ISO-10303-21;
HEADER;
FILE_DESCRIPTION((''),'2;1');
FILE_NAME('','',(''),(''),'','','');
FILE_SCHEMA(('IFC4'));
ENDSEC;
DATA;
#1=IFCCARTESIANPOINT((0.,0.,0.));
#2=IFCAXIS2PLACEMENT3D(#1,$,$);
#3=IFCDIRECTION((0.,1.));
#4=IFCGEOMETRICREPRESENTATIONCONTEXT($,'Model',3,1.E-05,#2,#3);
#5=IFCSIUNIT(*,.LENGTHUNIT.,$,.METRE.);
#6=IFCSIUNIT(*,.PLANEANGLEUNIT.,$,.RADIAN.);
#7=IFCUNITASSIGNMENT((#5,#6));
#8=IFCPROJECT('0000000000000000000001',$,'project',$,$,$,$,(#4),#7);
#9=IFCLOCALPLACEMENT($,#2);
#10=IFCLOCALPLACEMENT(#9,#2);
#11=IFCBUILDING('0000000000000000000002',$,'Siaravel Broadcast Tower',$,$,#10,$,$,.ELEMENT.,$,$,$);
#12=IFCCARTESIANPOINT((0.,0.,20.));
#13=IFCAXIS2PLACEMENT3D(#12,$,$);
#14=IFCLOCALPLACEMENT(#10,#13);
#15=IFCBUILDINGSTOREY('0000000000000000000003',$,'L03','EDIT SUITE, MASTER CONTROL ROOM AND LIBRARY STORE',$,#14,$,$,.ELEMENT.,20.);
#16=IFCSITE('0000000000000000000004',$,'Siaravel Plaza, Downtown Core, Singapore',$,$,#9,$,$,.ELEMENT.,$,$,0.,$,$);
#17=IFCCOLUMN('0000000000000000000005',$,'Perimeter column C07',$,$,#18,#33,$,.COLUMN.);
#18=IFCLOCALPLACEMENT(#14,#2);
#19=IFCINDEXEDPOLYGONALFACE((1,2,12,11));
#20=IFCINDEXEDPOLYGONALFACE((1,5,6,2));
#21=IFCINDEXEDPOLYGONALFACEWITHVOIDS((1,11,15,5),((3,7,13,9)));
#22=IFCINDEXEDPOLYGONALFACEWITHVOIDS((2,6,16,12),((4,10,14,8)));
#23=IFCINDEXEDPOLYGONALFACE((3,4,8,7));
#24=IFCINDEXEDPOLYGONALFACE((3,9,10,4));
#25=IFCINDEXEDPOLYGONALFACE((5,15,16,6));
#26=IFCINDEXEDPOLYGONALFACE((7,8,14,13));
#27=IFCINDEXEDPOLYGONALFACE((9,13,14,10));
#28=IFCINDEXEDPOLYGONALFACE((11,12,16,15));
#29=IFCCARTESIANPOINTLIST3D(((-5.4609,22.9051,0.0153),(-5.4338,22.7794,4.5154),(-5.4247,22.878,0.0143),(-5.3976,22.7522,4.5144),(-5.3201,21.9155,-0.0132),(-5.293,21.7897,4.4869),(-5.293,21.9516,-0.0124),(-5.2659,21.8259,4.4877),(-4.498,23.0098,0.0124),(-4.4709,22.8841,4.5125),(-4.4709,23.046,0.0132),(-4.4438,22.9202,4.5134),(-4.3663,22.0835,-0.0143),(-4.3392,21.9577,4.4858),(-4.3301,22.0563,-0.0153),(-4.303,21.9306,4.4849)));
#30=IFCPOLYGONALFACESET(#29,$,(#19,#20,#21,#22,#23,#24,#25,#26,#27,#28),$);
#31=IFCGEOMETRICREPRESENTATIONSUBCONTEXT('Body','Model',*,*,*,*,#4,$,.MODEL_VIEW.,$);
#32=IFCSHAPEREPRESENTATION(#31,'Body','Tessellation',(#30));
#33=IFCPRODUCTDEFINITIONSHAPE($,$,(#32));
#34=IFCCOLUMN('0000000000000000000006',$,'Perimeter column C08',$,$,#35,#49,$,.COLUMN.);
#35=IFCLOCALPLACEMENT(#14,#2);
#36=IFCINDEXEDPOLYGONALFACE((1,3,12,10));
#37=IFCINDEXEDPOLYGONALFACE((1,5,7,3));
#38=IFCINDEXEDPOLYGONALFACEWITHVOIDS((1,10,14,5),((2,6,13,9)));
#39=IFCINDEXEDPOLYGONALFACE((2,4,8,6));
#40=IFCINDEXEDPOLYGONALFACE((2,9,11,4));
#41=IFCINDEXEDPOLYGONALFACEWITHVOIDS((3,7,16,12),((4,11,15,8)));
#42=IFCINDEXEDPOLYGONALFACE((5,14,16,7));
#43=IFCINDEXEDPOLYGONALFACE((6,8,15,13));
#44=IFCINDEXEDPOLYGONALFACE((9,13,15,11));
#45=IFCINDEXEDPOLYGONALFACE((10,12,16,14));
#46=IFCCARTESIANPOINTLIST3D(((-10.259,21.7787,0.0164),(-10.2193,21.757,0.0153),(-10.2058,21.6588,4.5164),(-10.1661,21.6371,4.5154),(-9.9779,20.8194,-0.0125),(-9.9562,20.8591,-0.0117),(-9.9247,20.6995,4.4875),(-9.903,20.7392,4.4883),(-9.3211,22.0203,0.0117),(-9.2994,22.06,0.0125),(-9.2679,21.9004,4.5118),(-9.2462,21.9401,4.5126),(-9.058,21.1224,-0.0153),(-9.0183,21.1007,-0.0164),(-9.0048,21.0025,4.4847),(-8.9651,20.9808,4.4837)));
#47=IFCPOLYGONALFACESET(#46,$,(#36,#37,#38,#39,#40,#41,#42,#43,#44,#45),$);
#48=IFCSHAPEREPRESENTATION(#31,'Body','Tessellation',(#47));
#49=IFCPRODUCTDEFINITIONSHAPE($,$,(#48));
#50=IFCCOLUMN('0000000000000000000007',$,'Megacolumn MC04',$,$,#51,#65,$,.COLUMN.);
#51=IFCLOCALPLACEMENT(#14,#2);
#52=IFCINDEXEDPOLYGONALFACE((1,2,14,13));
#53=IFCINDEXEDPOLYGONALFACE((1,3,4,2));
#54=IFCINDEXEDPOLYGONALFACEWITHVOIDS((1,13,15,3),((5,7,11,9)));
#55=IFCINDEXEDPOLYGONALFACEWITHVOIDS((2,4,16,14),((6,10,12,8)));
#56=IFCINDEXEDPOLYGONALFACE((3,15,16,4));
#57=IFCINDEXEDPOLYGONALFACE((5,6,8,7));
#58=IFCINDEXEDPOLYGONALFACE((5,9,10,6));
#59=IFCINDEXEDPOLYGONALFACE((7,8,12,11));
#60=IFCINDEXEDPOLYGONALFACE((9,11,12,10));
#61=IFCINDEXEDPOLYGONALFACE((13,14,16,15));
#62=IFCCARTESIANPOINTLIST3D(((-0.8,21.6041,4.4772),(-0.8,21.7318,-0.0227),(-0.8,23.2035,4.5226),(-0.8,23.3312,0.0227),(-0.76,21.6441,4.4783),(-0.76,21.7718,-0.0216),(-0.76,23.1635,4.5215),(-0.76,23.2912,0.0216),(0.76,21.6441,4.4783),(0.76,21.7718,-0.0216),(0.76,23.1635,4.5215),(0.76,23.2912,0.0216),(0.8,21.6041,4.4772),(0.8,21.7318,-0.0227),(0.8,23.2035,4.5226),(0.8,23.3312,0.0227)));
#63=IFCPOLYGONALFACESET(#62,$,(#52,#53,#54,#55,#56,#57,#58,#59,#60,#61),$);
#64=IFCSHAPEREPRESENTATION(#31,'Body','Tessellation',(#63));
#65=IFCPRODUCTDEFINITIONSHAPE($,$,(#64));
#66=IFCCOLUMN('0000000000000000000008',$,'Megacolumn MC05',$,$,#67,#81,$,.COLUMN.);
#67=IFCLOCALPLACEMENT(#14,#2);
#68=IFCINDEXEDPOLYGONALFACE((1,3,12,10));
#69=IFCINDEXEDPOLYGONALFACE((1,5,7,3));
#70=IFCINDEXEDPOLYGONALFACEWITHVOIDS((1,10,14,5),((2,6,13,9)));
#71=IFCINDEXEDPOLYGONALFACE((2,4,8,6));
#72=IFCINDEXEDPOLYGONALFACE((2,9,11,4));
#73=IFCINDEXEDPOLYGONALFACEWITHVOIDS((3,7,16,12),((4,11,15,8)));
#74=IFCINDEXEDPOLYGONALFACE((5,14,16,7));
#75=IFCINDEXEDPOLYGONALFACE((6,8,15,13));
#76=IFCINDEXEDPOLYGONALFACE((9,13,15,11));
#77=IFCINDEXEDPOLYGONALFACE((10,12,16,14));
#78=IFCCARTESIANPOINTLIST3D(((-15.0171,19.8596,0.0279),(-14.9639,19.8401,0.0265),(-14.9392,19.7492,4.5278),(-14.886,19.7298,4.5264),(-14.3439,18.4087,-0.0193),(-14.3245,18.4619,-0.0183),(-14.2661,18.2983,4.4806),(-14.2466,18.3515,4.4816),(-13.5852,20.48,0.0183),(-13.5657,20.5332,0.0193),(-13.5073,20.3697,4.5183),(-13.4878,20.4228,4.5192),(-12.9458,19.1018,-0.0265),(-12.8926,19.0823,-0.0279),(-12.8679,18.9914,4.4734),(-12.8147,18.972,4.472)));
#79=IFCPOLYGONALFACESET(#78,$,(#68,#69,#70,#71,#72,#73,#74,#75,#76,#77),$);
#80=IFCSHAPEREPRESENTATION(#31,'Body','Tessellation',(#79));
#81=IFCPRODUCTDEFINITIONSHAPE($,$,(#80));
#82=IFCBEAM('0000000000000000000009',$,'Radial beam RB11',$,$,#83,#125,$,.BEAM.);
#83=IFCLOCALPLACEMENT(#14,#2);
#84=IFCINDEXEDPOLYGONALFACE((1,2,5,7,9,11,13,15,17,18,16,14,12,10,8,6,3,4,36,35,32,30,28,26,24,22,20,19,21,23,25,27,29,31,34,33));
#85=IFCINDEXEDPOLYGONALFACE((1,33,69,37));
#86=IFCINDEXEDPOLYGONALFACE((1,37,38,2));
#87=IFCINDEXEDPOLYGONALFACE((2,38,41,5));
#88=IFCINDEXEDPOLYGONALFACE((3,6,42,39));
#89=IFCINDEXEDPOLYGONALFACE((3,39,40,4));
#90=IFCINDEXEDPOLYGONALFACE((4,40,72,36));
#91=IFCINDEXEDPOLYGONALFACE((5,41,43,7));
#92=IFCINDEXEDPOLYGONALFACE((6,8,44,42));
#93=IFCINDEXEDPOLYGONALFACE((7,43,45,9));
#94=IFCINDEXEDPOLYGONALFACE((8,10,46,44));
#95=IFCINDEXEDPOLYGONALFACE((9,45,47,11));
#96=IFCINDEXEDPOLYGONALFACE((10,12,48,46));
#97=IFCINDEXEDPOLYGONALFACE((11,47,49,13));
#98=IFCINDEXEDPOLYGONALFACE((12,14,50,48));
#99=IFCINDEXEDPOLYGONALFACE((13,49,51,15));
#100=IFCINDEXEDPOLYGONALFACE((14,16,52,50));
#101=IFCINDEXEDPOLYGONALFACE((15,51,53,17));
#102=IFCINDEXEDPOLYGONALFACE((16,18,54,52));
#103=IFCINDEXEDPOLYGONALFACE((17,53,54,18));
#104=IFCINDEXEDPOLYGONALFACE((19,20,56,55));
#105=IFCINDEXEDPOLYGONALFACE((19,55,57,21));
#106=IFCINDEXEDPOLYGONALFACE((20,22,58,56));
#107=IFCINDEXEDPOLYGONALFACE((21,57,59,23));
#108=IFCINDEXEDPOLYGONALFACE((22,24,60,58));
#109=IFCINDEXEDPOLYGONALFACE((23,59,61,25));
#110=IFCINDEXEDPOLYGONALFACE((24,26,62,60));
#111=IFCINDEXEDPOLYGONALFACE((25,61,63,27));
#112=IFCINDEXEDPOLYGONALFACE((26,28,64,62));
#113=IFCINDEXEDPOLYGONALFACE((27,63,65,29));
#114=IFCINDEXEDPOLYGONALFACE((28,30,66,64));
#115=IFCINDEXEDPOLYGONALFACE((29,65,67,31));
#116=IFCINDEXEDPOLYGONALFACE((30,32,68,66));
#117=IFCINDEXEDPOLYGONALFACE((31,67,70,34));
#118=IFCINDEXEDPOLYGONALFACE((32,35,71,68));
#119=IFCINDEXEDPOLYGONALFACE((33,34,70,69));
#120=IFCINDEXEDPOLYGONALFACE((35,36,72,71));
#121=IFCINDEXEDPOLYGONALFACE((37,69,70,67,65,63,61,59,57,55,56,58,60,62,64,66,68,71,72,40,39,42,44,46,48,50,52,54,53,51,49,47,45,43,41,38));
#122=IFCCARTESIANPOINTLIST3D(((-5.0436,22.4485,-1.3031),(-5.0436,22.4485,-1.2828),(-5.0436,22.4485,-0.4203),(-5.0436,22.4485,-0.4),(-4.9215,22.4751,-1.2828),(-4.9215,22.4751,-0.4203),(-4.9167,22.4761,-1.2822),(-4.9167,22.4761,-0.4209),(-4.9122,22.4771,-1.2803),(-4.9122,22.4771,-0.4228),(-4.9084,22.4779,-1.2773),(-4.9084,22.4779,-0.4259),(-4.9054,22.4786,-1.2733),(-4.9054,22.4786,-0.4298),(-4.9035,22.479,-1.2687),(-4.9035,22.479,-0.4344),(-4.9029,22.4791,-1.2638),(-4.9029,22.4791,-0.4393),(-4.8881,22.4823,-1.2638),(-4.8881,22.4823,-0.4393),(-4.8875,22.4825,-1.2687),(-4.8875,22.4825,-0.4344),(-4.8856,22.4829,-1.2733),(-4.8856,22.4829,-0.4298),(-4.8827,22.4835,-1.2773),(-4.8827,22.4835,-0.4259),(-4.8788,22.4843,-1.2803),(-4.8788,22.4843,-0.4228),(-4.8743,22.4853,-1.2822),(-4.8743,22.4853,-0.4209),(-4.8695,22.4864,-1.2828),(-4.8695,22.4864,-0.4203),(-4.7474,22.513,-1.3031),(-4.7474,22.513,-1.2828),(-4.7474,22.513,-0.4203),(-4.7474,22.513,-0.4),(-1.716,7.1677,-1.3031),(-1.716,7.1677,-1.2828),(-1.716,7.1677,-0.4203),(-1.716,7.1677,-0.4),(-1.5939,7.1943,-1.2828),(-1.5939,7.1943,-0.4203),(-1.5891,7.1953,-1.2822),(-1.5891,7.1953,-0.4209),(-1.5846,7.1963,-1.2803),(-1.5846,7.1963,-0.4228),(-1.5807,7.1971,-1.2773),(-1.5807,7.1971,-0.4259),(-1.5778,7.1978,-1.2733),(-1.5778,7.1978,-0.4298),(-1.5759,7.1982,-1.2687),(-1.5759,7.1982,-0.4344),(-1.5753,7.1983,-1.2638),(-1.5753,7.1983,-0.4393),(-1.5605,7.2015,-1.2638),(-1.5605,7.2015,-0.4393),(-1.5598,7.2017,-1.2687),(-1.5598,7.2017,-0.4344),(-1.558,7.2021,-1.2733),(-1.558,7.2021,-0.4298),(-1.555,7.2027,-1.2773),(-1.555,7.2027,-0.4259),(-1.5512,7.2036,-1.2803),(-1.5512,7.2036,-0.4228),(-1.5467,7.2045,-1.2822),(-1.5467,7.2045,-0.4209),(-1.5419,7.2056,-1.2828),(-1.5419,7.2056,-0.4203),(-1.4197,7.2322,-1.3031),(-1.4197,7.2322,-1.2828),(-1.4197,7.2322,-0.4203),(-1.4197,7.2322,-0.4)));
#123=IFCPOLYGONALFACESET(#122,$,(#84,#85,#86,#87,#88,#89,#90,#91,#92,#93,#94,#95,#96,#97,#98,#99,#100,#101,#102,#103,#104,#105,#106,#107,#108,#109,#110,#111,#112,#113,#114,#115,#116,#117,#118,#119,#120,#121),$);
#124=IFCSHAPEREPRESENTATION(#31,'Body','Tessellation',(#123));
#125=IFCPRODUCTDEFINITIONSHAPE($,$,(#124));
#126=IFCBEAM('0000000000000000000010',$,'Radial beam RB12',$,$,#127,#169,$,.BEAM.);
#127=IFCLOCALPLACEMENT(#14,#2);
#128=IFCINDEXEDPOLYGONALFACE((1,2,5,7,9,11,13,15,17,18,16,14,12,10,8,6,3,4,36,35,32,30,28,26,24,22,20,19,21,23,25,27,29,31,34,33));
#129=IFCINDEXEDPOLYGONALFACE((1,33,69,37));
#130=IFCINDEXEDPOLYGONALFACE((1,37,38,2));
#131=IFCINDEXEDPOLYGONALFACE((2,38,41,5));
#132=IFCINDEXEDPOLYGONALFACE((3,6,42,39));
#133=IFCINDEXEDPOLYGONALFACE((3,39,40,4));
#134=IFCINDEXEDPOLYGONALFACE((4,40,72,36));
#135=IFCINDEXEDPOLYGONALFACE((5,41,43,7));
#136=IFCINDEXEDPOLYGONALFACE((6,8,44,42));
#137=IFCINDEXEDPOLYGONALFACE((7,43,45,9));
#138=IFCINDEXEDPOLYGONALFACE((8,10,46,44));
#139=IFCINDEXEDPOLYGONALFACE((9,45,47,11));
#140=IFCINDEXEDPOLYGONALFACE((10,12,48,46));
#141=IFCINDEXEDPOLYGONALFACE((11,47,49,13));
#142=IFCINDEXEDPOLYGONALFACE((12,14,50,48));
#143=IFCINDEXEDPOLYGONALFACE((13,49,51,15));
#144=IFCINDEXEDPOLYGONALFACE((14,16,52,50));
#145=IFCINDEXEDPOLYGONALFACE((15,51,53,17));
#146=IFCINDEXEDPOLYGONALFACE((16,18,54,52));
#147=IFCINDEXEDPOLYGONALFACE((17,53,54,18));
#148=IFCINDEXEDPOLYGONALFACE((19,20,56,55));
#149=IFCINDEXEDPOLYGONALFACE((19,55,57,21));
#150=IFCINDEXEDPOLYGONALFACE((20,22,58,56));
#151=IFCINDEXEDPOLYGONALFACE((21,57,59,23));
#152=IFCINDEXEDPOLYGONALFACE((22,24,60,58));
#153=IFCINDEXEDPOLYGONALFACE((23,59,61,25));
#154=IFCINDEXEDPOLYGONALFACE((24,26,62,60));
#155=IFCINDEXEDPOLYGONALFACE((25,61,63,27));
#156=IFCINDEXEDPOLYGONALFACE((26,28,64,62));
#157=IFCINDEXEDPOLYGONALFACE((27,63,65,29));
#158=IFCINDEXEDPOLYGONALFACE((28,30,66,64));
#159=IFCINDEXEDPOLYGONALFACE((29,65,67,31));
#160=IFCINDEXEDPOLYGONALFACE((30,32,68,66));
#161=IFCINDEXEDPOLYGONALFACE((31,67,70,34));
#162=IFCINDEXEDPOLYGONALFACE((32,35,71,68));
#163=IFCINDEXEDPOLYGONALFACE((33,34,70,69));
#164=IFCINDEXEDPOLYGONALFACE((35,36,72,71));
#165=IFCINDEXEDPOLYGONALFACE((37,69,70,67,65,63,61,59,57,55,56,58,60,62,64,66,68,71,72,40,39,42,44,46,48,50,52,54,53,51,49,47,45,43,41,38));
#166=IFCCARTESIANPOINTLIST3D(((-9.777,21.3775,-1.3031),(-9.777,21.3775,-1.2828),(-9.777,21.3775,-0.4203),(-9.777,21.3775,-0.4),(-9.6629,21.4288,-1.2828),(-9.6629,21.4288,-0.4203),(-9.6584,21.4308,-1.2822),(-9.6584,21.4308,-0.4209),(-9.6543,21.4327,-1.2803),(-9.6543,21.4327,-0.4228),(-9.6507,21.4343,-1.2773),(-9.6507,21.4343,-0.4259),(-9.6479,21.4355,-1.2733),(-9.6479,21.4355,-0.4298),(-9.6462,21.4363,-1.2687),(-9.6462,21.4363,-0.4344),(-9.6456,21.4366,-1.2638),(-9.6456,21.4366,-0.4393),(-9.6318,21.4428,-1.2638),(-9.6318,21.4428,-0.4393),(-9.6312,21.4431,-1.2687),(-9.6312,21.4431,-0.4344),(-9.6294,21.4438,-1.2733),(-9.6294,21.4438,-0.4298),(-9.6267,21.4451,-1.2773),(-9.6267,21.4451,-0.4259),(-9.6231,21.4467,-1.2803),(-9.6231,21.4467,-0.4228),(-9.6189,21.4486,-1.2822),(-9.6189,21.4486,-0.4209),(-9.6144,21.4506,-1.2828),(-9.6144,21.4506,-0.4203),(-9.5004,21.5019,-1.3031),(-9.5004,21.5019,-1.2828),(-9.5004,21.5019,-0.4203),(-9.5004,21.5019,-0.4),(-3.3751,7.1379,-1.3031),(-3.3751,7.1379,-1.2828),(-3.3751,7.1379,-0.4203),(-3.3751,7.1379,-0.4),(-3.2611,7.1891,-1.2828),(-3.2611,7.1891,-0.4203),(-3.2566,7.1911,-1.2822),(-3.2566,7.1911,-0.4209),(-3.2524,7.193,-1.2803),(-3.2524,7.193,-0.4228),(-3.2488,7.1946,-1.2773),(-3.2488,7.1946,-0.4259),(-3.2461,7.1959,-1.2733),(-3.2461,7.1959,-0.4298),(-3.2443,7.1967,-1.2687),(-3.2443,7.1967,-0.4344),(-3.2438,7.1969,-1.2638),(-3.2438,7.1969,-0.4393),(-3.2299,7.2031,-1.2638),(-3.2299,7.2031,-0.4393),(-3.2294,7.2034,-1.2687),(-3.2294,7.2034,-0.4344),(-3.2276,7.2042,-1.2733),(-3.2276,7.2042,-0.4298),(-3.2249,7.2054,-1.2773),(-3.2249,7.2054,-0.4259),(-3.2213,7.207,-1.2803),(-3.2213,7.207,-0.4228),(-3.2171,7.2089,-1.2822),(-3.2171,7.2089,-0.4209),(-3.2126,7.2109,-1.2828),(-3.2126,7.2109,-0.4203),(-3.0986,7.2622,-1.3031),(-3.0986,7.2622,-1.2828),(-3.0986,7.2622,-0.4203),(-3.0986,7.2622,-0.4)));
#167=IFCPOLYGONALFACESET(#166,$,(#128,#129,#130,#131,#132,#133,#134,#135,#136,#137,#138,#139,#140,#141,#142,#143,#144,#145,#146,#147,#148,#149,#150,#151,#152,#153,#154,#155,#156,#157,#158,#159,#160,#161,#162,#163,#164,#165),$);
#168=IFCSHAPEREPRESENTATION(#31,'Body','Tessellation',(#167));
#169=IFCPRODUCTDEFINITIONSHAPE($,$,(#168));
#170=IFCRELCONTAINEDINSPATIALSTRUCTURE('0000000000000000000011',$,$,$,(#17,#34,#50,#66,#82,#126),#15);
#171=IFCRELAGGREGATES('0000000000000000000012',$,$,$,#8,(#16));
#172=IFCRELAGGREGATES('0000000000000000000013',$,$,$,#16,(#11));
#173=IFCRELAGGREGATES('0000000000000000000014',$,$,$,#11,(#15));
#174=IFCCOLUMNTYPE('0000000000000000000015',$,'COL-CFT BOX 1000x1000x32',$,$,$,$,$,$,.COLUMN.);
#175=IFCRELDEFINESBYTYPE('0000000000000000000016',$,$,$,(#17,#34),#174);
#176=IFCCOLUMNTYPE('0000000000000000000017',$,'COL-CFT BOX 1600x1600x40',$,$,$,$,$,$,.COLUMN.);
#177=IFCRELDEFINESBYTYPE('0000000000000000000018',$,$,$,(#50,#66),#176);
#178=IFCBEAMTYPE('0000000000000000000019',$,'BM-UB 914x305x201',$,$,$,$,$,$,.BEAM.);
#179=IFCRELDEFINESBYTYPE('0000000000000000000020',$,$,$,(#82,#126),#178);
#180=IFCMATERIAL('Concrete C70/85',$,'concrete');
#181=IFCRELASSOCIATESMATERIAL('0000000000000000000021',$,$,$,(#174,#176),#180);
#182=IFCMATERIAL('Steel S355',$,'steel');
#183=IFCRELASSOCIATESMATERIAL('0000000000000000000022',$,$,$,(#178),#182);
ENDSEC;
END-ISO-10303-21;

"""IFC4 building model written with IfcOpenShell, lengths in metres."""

from ifc_helpers import new_model, si_unit, direction, frame, origin, origin_2d, place, context, subcontext, project, spatial, hollow_rectangle, i_section, extrude, material, material_profile, profile_set, type_object, element, save


model = new_model("IFC4")

# Units and contexts
model_context = context("Model", 3, precision=1e-05, world=origin(), true_north=direction((0.0, 1.0)))
body_context = subcontext(model_context, "Body", "Model", "MODEL_VIEW")
ifc_project = project(units=[si_unit("LENGTHUNIT", "METRE"), si_unit("PLANEANGLEUNIT", "RADIAN")], contexts=[model_context])

# Site, building, storey
site_placement = place(None, origin())
site = spatial("IfcSite", under=ifc_project, at=site_placement, Name="Siaravel Plaza, Downtown Core, Singapore", CompositionType="ELEMENT", RefElevation=0.0)
building_placement = place(site_placement, origin())
building = spatial("IfcBuilding", under=site, at=building_placement, Name="Siaravel Broadcast Tower", CompositionType="ELEMENT")
storey_placement = place(building_placement, frame((0.0, 0.0, 20.0)))
storey = spatial("IfcBuildingStorey", under=building, at=storey_placement, Name="L03", Description="EDIT SUITE, MASTER CONTROL ROOM AND LIBRARY STORE", CompositionType="ELEMENT", Elevation=20.0)

# Columns
ifc_material_1 = material(Name="Concrete C70/85", Category="concrete")
ifc_material_profile_1 = material_profile(ifc_material_1, hollow_rectangle(XDim=1.0, YDim=1.0, WallThickness=0.032, at=origin_2d()))
ifc_profile_set_1 = profile_set([ifc_material_profile_1], Name="Concrete C70/85")
column_type_1 = type_object("IfcColumnType", Name="COL-CFT BOX 1000x1000x32", PredefinedType="COLUMN", material=ifc_profile_set_1)
for number, where, z_axis, x_axis, name in (
    (1, (-4.8955, 22.4807, 0.0), (0.00602, -0.027929, 0.999592), (0.990027, 0.140862, -0.002026), "Perimeter column C07"),
    (2, (-9.6387, 21.4397, 0.0), (0.011822, -0.026627, 0.999576), (0.959612, 0.281301, -0.003856), "Perimeter column C08"),
):
    element("IfcColumn", number, at=place(storey_placement, frame(where, z_axis=z_axis, x_axis=x_axis)), inside=storey, type_object=column_type_1, Name=name, PredefinedType="COLUMN", context=body_context, shape_type="SweptSolid", body=[
        extrude(hollow_rectangle(XDim=1.0, YDim=1.0, WallThickness=0.032, at=origin_2d()), origin(), (0.0, 0.0, 1.0), 4.502),
    ])
ifc_material_profile_2 = material_profile(ifc_material_1, hollow_rectangle(XDim=1.6001, YDim=1.6001, WallThickness=0.04, at=origin_2d()))
ifc_profile_set_2 = profile_set([ifc_material_profile_2], Name="Concrete C70/85")
column_type_2 = type_object("IfcColumnType", Name="COL-CFT BOX 1600x1600x40", PredefinedType="COLUMN", material=ifc_profile_set_2)
column_1_placement = place(storey_placement, frame((0.0, 22.5315, 0.0), z_axis=(0.0, -0.028363, 0.999598), x_axis=(1.0, 0.0, 0.0)))
element("IfcColumn", 3, at=column_1_placement, inside=storey, type_object=column_type_2, Name="Megacolumn MC04", PredefinedType="COLUMN", context=body_context, shape_type="SweptSolid", body=[
    extrude(hollow_rectangle(XDim=1.6001, YDim=1.6001, WallThickness=0.04, at=origin_2d()), origin(), (0.0, 0.0, 1.0), 4.5017),
])
column_2_placement = place(storey_placement, frame((-13.9548, 19.4709, 0.0), z_axis=(0.017299, -0.024512, 0.99955), x_axis=(0.907044, 0.421001, -0.005374)))
element("IfcColumn", 4, at=column_2_placement, inside=storey, type_object=column_type_2, Name="Megacolumn MC05", PredefinedType="COLUMN", context=body_context, shape_type="SweptSolid", body=[
    extrude(hollow_rectangle(XDim=1.6001, YDim=1.6001, WallThickness=0.04, at=origin_2d()), origin(), (0.0, 0.0, 1.0), 4.502),
])

# Beams
ifc_material_2 = material(Name="Steel S355", Category="steel")
ifc_material_profile_3 = material_profile(ifc_material_2, i_section(OverallWidth=0.3032, OverallDepth=0.9031, WebThickness=0.0151, FlangeThickness=0.0203, FilletRadius=0.019, at=origin_2d()))
ifc_profile_set_3 = profile_set([ifc_material_profile_3], Name="Steel S355")
beam_type = type_object("IfcBeamType", Name="BM-UB 914x305x201", PredefinedType="BEAM", material=ifc_profile_set_3)
beam_1_placement = place(storey_placement, frame((-4.8955, 22.4807, -0.8516), z_axis=(0.21278, -0.9771, 0.0), x_axis=(0.9771, 0.21278, 0.0)))
element("IfcBeam", 5, at=beam_1_placement, inside=storey, type_object=beam_type, Name="Radial beam RB11", PredefinedType="BEAM", context=body_context, shape_type="SweptSolid", body=[
    extrude(i_section(OverallWidth=0.3032, OverallDepth=0.9031, WebThickness=0.0151, FlangeThickness=0.0203, FilletRadius=0.019, at=origin_2d()), origin(), (0.0, 0.0, 1.0), 15.6389),
])
beam_2_placement = place(storey_placement, frame((-9.6387, 21.4397, -0.8516), z_axis=(0.410043, -0.912066, 0.0), x_axis=(0.912066, 0.410043, 0.0)))
element("IfcBeam", 6, at=beam_2_placement, inside=storey, type_object=beam_type, Name="Radial beam RB12", PredefinedType="BEAM", context=body_context, shape_type="SweptSolid", body=[
    extrude(i_section(OverallWidth=0.3032, OverallDepth=0.9031, WebThickness=0.0151, FlangeThickness=0.0203, FilletRadius=0.019, at=origin_2d()), origin(), (0.0, 0.0, 1.0), 15.6125),
])

save(model, "model.ifc")
